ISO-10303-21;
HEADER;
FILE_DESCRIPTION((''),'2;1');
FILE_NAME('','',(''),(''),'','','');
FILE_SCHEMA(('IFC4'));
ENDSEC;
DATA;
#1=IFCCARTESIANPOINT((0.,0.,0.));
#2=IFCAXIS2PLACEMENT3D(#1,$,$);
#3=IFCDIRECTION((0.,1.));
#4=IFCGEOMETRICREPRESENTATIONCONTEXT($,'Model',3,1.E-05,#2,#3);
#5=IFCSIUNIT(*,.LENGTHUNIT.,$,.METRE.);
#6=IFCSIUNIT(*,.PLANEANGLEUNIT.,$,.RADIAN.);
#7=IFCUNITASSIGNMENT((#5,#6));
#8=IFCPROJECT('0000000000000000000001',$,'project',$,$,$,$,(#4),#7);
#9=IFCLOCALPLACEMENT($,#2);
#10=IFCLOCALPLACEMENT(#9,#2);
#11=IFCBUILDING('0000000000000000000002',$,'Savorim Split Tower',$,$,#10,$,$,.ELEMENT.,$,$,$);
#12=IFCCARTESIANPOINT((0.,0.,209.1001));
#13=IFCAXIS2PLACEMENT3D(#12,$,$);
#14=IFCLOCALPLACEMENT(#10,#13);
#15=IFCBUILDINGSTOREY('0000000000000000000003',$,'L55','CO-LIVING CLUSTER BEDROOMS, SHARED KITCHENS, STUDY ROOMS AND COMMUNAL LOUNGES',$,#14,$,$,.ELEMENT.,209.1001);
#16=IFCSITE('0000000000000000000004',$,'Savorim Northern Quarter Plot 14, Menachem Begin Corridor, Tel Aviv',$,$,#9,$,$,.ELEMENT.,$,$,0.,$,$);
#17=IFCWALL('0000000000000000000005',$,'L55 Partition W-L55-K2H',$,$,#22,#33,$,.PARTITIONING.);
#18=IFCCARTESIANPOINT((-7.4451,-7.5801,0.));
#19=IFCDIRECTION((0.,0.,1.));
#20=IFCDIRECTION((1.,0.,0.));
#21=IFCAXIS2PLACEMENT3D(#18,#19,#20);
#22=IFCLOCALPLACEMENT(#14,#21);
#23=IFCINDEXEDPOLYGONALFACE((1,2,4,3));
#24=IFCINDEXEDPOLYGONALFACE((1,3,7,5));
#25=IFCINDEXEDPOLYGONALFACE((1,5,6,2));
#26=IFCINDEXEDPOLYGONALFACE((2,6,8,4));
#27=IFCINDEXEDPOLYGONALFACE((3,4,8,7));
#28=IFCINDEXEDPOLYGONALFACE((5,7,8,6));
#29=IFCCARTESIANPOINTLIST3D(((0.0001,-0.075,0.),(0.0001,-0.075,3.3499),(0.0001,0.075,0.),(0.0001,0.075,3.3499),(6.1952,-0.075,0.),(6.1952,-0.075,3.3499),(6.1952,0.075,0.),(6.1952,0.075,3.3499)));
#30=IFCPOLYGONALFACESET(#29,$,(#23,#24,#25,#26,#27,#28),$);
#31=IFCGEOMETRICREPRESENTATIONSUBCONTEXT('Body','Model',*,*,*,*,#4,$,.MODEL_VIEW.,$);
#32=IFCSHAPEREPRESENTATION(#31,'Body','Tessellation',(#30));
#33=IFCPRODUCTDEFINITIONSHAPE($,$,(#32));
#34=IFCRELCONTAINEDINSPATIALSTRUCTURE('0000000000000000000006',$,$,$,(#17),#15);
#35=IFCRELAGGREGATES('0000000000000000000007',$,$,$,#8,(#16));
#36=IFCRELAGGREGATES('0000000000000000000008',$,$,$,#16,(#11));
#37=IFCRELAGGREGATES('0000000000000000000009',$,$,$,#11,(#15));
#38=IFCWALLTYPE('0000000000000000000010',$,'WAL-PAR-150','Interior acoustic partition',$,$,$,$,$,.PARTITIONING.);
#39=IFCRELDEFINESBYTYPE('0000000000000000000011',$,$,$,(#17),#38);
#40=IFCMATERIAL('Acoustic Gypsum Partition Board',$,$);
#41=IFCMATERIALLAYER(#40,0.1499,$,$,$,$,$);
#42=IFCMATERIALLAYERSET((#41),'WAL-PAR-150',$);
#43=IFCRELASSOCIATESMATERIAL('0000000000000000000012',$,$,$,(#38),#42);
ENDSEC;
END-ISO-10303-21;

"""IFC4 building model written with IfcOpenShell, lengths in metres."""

from ifc_helpers import new_model, si_unit, direction, frame, frame_2d, origin, place, context, subcontext, project, spatial, rectangle, extrude, material, layer, layer_set, type_object, element, save


model = new_model("IFC4")

# Units and contexts
model_context = context("Model", 3, precision=1e-05, world=origin(), true_north=direction((0.0, 1.0)))
body_context = subcontext(model_context, "Body", "Model", "MODEL_VIEW")
ifc_project = project(units=[si_unit("LENGTHUNIT", "METRE"), si_unit("PLANEANGLEUNIT", "RADIAN")], contexts=[model_context])

# Site, building, storey
site_placement = place(None, origin())
site = spatial("IfcSite", under=ifc_project, at=site_placement, Name="Savorim Northern Quarter Plot 14, Menachem Begin Corridor, Tel Aviv", CompositionType="ELEMENT", RefElevation=0.0)
building_placement = place(site_placement, origin())
building = spatial("IfcBuilding", under=site, at=building_placement, Name="Savorim Split Tower", CompositionType="ELEMENT")
storey_placement = place(building_placement, frame((0.0, 0.0, 209.1001)))
storey = spatial("IfcBuildingStorey", under=building, at=storey_placement, Name="L55", Description="CO-LIVING CLUSTER BEDROOMS, SHARED KITCHENS, STUDY ROOMS AND COMMUNAL LOUNGES", CompositionType="ELEMENT", Elevation=209.1001)

# Wall
ifc_material_1 = material(Name="Acoustic Gypsum Partition Board")
ifc_layer_1 = layer(ifc_material_1, 0.1499)
ifc_layer_set_1 = layer_set([ifc_layer_1], Name="WAL-PAR-150")
wall_type_1 = type_object("IfcWallType", Name="WAL-PAR-150", Description="Interior acoustic partition", PredefinedType="PARTITIONING", material=ifc_layer_set_1)
wall_1_placement = place(storey_placement, frame((-7.4451, -7.5801, 0.0), z_axis=(0.0, 0.0, 1.0), x_axis=(1.0, 0.0, 0.0)))
element("IfcWall", 1, at=wall_1_placement, inside=storey, type_object=wall_type_1, Name="L55 Partition W-L55-K2H", PredefinedType="PARTITIONING", context=body_context, shape_type="SweptSolid", body=[
    extrude(rectangle(XDim=6.1951, YDim=0.1499, at=frame_2d((3.0977, 0.0))), origin(), (0.0, 0.0, 1.0), 3.3499),
])

save(model, "model.ifc")
